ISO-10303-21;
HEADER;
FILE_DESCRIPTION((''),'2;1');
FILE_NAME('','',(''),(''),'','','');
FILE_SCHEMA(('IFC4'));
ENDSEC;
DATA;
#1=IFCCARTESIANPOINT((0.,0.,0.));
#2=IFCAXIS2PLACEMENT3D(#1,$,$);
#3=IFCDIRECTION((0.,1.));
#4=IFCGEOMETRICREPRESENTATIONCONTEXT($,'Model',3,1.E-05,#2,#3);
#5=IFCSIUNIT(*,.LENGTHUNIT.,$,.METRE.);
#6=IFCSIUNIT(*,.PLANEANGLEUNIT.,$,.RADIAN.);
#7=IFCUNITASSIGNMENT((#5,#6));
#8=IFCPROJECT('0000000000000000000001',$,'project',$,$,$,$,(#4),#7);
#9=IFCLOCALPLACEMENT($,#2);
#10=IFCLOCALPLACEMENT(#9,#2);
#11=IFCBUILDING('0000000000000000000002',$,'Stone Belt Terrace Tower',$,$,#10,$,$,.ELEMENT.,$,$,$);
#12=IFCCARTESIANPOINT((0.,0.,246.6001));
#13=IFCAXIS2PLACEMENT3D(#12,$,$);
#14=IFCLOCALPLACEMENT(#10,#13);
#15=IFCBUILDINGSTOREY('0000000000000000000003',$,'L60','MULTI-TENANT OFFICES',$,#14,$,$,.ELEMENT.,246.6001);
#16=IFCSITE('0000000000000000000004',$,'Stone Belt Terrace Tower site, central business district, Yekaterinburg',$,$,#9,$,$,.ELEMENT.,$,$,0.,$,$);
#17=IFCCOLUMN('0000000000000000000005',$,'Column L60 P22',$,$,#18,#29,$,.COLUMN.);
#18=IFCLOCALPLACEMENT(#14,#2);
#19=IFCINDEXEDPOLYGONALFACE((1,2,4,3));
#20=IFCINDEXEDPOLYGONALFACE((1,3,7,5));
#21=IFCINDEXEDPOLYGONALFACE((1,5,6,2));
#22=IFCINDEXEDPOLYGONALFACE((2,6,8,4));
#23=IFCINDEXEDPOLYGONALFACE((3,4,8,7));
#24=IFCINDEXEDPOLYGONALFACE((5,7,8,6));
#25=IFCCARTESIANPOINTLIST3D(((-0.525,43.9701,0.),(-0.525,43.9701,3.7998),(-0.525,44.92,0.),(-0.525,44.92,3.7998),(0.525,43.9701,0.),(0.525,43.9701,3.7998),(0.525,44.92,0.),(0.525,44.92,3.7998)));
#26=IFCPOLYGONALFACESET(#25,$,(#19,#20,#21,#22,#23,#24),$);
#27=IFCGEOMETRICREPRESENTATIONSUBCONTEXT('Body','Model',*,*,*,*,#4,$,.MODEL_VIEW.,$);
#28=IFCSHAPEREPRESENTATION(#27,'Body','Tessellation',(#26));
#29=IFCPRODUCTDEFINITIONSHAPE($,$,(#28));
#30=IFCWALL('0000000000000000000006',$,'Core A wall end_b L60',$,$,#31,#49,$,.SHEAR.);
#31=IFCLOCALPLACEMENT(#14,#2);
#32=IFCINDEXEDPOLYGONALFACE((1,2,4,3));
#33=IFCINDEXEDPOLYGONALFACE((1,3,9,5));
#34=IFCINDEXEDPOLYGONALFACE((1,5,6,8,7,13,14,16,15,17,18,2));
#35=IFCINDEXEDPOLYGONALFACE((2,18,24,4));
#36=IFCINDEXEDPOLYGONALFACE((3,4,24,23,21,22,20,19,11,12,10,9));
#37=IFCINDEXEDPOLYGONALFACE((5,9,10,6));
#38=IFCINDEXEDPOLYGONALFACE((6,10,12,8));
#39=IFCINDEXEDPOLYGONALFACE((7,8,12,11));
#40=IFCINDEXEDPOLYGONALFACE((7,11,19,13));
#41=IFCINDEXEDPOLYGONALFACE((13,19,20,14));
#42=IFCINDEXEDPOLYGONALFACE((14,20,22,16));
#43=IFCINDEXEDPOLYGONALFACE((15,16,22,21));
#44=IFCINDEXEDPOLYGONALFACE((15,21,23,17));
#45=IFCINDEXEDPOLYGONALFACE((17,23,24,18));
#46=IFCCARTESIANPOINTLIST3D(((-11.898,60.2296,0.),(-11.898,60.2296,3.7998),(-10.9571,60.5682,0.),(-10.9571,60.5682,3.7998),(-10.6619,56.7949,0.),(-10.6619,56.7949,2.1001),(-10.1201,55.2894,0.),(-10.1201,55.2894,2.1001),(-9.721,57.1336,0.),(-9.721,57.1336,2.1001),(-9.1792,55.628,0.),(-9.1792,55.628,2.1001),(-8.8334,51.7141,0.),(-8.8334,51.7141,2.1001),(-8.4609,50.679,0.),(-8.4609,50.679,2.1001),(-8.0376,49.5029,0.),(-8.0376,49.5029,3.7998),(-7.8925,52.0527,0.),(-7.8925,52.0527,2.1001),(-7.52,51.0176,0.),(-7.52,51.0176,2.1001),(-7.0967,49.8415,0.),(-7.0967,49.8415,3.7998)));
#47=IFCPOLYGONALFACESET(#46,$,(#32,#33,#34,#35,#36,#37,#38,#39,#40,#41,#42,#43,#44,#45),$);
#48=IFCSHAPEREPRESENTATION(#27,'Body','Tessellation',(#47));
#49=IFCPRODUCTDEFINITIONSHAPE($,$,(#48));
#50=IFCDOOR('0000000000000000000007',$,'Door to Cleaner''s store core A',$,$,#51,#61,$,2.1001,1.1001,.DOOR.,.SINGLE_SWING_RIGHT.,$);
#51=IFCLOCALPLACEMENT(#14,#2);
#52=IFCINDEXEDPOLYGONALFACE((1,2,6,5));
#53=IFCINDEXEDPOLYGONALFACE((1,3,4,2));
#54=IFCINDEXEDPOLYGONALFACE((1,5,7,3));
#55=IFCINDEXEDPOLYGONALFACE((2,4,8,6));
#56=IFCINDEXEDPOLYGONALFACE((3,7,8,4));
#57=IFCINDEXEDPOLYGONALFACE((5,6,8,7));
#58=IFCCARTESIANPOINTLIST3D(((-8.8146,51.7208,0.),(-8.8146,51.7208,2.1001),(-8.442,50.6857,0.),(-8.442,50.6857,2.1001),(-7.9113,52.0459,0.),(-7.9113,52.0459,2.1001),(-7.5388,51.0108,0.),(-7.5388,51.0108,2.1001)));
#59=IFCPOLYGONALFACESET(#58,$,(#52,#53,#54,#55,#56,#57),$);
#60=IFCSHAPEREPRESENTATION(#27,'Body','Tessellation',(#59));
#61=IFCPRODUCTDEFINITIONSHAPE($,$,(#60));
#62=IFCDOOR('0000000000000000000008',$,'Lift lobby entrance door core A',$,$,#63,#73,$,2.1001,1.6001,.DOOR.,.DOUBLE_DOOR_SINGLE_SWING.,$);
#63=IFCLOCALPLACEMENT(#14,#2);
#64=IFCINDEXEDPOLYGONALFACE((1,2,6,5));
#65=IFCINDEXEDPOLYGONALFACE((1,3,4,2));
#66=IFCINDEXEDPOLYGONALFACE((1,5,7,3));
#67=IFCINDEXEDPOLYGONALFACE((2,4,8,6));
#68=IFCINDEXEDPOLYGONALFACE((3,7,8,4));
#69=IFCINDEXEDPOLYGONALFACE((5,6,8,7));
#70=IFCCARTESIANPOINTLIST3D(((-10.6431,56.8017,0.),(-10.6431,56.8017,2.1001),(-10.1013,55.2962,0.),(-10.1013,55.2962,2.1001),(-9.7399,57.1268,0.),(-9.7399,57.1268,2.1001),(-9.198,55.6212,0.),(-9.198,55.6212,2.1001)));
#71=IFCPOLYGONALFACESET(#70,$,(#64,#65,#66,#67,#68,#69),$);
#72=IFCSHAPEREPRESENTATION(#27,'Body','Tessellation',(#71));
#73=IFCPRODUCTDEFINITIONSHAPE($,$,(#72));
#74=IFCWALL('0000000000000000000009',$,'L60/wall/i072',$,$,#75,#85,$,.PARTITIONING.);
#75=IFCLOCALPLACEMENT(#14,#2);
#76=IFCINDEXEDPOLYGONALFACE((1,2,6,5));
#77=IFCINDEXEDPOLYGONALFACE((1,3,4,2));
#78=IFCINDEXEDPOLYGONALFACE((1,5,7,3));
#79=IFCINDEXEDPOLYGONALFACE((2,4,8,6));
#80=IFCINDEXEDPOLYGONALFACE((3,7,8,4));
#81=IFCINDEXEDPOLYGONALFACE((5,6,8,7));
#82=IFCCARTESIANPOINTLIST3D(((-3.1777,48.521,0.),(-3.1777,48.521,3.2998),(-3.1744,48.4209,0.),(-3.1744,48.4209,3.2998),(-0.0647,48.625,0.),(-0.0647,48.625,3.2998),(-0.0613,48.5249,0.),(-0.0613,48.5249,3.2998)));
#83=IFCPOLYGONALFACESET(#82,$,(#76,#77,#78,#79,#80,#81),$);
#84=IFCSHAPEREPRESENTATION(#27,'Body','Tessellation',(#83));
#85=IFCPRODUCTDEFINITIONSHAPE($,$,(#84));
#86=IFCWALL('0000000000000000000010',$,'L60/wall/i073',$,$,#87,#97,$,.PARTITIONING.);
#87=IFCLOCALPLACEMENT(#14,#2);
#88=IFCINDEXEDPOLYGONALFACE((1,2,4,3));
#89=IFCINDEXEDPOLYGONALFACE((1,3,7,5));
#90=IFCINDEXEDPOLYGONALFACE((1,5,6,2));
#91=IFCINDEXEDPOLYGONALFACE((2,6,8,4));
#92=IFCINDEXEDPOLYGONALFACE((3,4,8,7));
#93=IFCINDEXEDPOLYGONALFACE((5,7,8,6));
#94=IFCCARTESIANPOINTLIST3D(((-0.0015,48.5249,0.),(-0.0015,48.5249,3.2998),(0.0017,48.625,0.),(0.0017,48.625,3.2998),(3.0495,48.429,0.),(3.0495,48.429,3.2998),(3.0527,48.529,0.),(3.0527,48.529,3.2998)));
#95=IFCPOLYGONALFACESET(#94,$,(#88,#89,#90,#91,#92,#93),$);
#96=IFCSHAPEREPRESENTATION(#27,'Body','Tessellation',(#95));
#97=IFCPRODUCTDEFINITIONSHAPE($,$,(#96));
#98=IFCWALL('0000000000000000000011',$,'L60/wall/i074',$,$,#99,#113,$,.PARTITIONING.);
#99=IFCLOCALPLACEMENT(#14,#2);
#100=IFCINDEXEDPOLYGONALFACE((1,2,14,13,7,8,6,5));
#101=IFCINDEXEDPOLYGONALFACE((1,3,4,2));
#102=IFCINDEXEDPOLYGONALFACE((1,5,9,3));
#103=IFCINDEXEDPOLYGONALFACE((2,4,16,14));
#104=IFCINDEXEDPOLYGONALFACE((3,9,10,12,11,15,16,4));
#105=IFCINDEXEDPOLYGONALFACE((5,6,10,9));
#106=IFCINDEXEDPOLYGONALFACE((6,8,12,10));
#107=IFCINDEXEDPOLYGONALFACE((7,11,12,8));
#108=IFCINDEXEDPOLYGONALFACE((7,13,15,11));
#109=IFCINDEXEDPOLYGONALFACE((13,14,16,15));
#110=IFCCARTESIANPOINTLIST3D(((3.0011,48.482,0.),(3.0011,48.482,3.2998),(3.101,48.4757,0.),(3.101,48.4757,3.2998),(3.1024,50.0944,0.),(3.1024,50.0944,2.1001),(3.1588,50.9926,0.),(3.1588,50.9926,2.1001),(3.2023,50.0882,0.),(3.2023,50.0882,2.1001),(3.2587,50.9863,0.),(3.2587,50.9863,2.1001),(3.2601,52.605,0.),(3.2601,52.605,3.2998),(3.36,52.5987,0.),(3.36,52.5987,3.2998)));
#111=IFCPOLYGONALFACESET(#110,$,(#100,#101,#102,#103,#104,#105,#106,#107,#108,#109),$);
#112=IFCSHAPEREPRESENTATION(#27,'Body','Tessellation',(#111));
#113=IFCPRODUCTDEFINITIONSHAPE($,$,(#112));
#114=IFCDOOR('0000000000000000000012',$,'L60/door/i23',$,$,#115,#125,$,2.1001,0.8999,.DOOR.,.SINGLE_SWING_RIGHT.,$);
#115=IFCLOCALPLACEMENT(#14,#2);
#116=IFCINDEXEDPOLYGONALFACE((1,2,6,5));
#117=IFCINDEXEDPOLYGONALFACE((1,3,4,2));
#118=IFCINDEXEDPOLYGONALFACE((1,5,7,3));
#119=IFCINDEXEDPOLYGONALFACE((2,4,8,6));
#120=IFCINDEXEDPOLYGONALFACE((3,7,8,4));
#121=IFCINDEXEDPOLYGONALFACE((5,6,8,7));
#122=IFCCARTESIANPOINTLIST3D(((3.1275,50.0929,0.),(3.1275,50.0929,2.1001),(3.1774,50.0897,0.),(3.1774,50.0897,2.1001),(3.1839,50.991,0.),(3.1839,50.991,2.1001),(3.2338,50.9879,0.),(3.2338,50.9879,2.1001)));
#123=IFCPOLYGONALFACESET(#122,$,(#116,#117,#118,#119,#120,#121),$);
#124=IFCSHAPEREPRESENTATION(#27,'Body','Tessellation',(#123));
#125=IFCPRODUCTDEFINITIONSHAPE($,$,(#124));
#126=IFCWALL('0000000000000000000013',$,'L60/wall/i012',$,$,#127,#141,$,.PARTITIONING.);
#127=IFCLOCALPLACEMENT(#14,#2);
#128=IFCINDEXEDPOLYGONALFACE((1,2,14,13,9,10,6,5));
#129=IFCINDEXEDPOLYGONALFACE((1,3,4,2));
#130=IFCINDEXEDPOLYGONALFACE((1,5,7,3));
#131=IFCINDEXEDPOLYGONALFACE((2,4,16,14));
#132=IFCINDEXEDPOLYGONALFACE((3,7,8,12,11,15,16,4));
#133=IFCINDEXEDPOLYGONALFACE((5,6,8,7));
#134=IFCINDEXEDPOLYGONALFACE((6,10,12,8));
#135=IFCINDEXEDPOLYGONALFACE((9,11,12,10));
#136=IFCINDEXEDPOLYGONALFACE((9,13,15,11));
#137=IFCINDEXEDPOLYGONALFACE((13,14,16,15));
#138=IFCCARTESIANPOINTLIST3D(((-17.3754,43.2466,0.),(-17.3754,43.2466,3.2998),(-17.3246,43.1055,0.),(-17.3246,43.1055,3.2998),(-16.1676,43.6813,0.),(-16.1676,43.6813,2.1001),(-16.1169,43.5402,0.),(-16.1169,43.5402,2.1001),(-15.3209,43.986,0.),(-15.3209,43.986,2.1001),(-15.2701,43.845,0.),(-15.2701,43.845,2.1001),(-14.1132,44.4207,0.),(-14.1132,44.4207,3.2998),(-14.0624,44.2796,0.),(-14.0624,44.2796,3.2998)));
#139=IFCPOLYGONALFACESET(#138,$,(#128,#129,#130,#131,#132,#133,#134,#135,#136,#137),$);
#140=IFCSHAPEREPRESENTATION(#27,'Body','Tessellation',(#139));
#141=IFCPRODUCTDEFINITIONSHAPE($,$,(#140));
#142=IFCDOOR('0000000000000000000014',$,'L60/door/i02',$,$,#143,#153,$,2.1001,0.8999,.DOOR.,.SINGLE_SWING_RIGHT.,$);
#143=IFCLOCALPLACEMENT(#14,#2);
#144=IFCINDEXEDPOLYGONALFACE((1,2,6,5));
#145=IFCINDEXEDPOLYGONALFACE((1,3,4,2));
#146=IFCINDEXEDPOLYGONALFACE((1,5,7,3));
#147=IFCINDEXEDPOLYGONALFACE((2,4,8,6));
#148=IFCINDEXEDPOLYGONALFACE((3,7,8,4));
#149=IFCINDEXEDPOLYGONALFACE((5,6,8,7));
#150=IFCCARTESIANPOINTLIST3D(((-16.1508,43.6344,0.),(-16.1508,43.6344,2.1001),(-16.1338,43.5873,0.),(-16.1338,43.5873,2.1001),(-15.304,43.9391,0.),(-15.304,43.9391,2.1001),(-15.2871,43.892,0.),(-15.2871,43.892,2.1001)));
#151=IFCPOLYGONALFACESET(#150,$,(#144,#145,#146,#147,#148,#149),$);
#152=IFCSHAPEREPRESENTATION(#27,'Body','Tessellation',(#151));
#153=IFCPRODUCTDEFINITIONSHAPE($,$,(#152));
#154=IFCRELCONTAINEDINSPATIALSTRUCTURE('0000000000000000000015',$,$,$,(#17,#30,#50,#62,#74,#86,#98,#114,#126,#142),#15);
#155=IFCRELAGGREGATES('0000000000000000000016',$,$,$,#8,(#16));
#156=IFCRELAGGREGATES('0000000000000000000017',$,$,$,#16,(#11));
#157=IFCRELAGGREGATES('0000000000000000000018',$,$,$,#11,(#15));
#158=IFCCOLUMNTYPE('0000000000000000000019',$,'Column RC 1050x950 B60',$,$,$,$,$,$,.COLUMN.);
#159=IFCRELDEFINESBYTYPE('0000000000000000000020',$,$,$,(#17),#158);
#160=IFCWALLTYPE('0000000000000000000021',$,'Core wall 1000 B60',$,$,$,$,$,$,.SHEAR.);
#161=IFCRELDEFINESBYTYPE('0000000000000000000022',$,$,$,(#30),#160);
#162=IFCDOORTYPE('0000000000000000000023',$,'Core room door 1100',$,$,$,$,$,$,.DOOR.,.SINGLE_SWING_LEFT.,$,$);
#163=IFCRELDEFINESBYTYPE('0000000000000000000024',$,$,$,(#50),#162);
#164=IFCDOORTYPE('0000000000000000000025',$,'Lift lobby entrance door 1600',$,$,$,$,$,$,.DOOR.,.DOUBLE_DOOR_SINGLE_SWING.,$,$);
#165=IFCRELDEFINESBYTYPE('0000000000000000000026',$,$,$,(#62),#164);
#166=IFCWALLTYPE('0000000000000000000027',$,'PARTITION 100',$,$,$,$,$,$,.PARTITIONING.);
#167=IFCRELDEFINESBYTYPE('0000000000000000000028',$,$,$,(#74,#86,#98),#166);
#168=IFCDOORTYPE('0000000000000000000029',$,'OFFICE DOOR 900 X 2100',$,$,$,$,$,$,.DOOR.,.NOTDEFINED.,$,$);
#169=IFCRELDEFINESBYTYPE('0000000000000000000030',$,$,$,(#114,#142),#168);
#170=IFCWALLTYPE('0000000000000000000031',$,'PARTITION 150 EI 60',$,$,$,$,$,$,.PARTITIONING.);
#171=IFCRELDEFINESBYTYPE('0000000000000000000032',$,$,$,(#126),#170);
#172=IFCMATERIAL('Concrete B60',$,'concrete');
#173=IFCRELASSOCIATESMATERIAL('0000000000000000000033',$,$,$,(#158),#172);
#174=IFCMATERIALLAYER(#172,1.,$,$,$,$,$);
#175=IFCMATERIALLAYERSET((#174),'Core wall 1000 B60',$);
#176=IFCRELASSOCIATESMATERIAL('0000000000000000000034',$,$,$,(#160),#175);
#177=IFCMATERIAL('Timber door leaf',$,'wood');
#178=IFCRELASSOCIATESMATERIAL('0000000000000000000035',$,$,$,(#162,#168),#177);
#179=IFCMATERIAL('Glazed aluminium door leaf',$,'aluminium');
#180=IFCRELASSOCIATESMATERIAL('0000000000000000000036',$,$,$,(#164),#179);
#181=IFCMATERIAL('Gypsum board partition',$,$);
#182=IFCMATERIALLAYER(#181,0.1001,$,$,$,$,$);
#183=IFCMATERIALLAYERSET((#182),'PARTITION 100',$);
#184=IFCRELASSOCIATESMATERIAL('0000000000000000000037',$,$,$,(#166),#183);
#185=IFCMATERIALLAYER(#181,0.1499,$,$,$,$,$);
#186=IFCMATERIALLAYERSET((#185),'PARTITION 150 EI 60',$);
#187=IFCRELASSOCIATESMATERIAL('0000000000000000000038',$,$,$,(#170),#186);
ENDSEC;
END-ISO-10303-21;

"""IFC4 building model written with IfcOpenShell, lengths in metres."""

from ifc_helpers import new_model, si_unit, direction, frame, frame_2d, origin, origin_2d, place, context, subcontext, project, spatial, rectangle, extrude, material, layer, layer_set, material_profile, profile_set, type_object, element, fill, save


model = new_model("IFC4")

# Units and contexts
model_context = context("Model", 3, precision=1e-05, world=origin(), true_north=direction((0.0, 1.0)))
body_context = subcontext(model_context, "Body", "Model", "MODEL_VIEW")
ifc_project = project(units=[si_unit("LENGTHUNIT", "METRE"), si_unit("PLANEANGLEUNIT", "RADIAN")], contexts=[model_context])

# Site, building, storey
site_placement = place(None, origin())
site = spatial("IfcSite", under=ifc_project, at=site_placement, Name="Stone Belt Terrace Tower site, central business district, Yekaterinburg", CompositionType="ELEMENT", RefElevation=0.0)
building_placement = place(site_placement, origin())
building = spatial("IfcBuilding", under=site, at=building_placement, Name="Stone Belt Terrace Tower", CompositionType="ELEMENT")
storey_placement = place(building_placement, frame((0.0, 0.0, 246.6001)))
storey = spatial("IfcBuildingStorey", under=building, at=storey_placement, Name="L60", Description="MULTI-TENANT OFFICES", CompositionType="ELEMENT", Elevation=246.6001)

# Column
ifc_material_1 = material(Name="Concrete B60", Category="concrete")
ifc_material_profile = material_profile(ifc_material_1, rectangle(XDim=1.05, YDim=0.95, at=origin_2d()), Name="RC 1050x950")
ifc_profile_set = profile_set([ifc_material_profile], Name="Concrete B60")
column_type = type_object("IfcColumnType", Name="Column RC 1050x950 B60", PredefinedType="COLUMN", material=ifc_profile_set)
column_placement = place(storey_placement, frame((0.0, 44.4451, 0.0), z_axis=(0.0, 0.0, 1.0), x_axis=(1.0, 0.0, 0.0)))
element("IfcColumn", 1, at=column_placement, inside=storey, type_object=column_type, Name="Column L60 P22", PredefinedType="COLUMN", context=body_context, shape_type="SweptSolid", body=[
    extrude(rectangle(XDim=1.05, YDim=0.95, at=origin_2d()), origin(), (0.0, 0.0, 1.0), 3.7998),
])

# Wall, openings, doors
ifc_layer_1 = layer(ifc_material_1, 1.0)
ifc_layer_set_1 = layer_set([ifc_layer_1], Name="Core wall 1000 B60")
wall_type_1 = type_object("IfcWallType", Name="Core wall 1000 B60", PredefinedType="SHEAR", material=ifc_layer_set_1)
wall_1_placement = place(storey_placement, frame((-7.5671, 49.6721, 0.0), z_axis=(0.0, 0.0, 1.0), x_axis=(-0.338625, 0.940921, 0.0)))
wall_1 = element("IfcWall", 2, at=wall_1_placement, inside=storey, type_object=wall_type_1, Name="Core A wall end_b L60", PredefinedType="SHEAR", context=body_context, shape_type="SweptSolid", body=[
    extrude(rectangle(XDim=11.4001, YDim=1.0, at=frame_2d((5.7002, 0.0))), origin(), (0.0, 0.0, 1.0), 3.7998),
])
opening_1_placement = place(wall_1_placement, frame((6.1499, 0.0, 0.0)))
opening_1 = element("IfcOpeningElement", 3, at=opening_1_placement, cuts=wall_1, PredefinedType="OPENING", context=body_context, shape_type="SweptSolid", body=[
    extrude(rectangle(XDim=1.6001, YDim=2.1001, at=frame_2d((0.8, 1.05))), frame((0.0, 0.51, 0.0), z_axis=(0.0, -1.0, 0.0), x_axis=(1.0, 0.0, 0.0)), (0.0, 0.0, 1.0), 1.02),
])
opening_2_placement = place(wall_1_placement, frame((1.25, 0.0, 0.0)))
opening_2 = element("IfcOpeningElement", 4, at=opening_2_placement, cuts=wall_1, PredefinedType="OPENING", context=body_context, shape_type="SweptSolid", body=[
    extrude(rectangle(XDim=1.1001, YDim=2.1001, at=frame_2d((0.55, 1.05))), frame((0.0, 0.51, 0.0), z_axis=(0.0, -1.0, 0.0), x_axis=(1.0, 0.0, 0.0)), (0.0, 0.0, 1.0), 1.02),
])
ifc_material_2 = material(Name="Timber door leaf", Category="wood")
door_type_1 = type_object("IfcDoorType", Name="Core room door 1100", OperationType="SINGLE_SWING_LEFT", PredefinedType="DOOR", material=ifc_material_2)
door_1_placement = place(opening_2_placement, origin())
door_1 = element("IfcDoor", 5, at=door_1_placement, inside=storey, type_object=door_type_1, Name="Door to Cleaner's store core A", OperationType="SINGLE_SWING_RIGHT", OverallHeight=2.1001, OverallWidth=1.1001, PredefinedType="DOOR", context=body_context, shape_type="SweptSolid", body=[
    extrude(rectangle(XDim=1.1001, YDim=2.1001, at=frame_2d((0.55, 1.05))), frame((0.0, 0.48, 0.0), z_axis=(0.0, -1.0, 0.0), x_axis=(1.0, 0.0, 0.0)), (0.0, 0.0, 1.0), 0.96),
])
fill(opening_2, door_1)
ifc_material_3 = material(Name="Glazed aluminium door leaf", Category="aluminium")
door_type_2 = type_object("IfcDoorType", Name="Lift lobby entrance door 1600", OperationType="DOUBLE_DOOR_SINGLE_SWING", PredefinedType="DOOR", material=ifc_material_3)
door_2_placement = place(opening_1_placement, origin())
door_2 = element("IfcDoor", 6, at=door_2_placement, inside=storey, type_object=door_type_2, Name="Lift lobby entrance door core A", OperationType="DOUBLE_DOOR_SINGLE_SWING", OverallHeight=2.1001, OverallWidth=1.6001, PredefinedType="DOOR", context=body_context, shape_type="SweptSolid", body=[
    extrude(rectangle(XDim=1.6001, YDim=2.1001, at=frame_2d((0.8, 1.05))), frame((0.0, 0.48, 0.0), z_axis=(0.0, -1.0, 0.0), x_axis=(1.0, 0.0, 0.0)), (0.0, 0.0, 1.0), 0.96),
])
fill(opening_1, door_2)

# Walls
ifc_material_4 = material(Name="Gypsum board partition")
ifc_layer_2 = layer(ifc_material_4, 0.1001)
ifc_layer_set_2 = layer_set([ifc_layer_2], Name="PARTITION 100")
wall_type_2 = type_object("IfcWallType", Name="PARTITION 100", PredefinedType="PARTITIONING", material=ifc_layer_set_2)
wall_2_placement = place(storey_placement, frame((-3.176, 48.4709, 0.0), z_axis=(0.0, 0.0, 1.0), x_axis=(0.999442, 0.033391, 0.0)))
element("IfcWall", 7, at=wall_2_placement, inside=storey, type_object=wall_type_2, Name="L60/wall/i072", PredefinedType="PARTITIONING", context=body_context, shape_type="SweptSolid", body=[
    extrude(rectangle(XDim=3.1147, YDim=0.1001, at=frame_2d((1.5574, 0.0))), origin(), (0.0, 0.0, 1.0), 3.2998),
])
wall_3_placement = place(storey_placement, frame((0.0, 48.575, 0.0), z_axis=(0.0, 0.0, 1.0), x_axis=(0.999506, -0.031432, 0.0)))
element("IfcWall", 8, at=wall_3_placement, inside=storey, type_object=wall_type_2, Name="L60/wall/i073", PredefinedType="PARTITIONING", context=body_context, shape_type="SweptSolid", body=[
    extrude(rectangle(XDim=3.0525, YDim=0.1001, at=frame_2d((1.5264, 0.0))), origin(), (0.0, 0.0, 1.0), 3.2998),
])

# Walls, openings, doors
wall_4_placement = place(storey_placement, frame((3.051, 48.479, 0.0), z_axis=(0.0, 0.0, 1.0), x_axis=(0.062702, 0.998032, 0.0)))
wall_4 = element("IfcWall", 9, at=wall_4_placement, inside=storey, type_object=wall_type_2, Name="L60/wall/i074", PredefinedType="PARTITIONING", context=body_context, shape_type="SweptSolid", body=[
    extrude(rectangle(XDim=4.1311, YDim=0.1001, at=frame_2d((2.0654, 0.0))), origin(), (0.0, 0.0, 1.0), 3.2998),
])
opening_3_placement = place(wall_4_placement, frame((1.6155, 0.0, 0.0)))
opening_3 = element("IfcOpeningElement", 10, at=opening_3_placement, cuts=wall_4, PredefinedType="OPENING", context=body_context, shape_type="SweptSolid", body=[
    extrude(rectangle(XDim=0.8999, YDim=2.1001, at=frame_2d((0.45, 1.05))), frame((0.0, 0.0601, 0.0), z_axis=(0.0, -1.0, 0.0), x_axis=(1.0, 0.0, 0.0)), (0.0, 0.0, 1.0), 0.1201),
])
door_type_3 = type_object("IfcDoorType", Name="OFFICE DOOR 900 X 2100", OperationType="NOTDEFINED", PredefinedType="DOOR", material=ifc_material_2)
door_3_placement = place(opening_3_placement, origin())
door_3 = element("IfcDoor", 11, at=door_3_placement, inside=storey, type_object=door_type_3, Name="L60/door/i23", OperationType="SINGLE_SWING_RIGHT", OverallHeight=2.1001, OverallWidth=0.8999, PredefinedType="DOOR", context=body_context, shape_type="SweptSolid", body=[
    extrude(rectangle(XDim=0.8999, YDim=2.1001, at=frame_2d((0.45, 1.05))), frame((0.0, 0.0249, 0.0), z_axis=(0.0, -1.0, 0.0), x_axis=(1.0, 0.0, 0.0)), (0.0, 0.0, 1.0), 0.05),
])
fill(opening_3, door_3)
ifc_layer_3 = layer(ifc_material_4, 0.1499)
ifc_layer_set_3 = layer_set([ifc_layer_3], Name="PARTITION 150 EI 60")
wall_type_3 = type_object("IfcWallType", Name="PARTITION 150 EI 60", PredefinedType="PARTITIONING", material=ifc_layer_set_3)
wall_5_placement = place(storey_placement, frame((-14.0879, 44.3501, 0.0), z_axis=(0.0, 0.0, 1.0), x_axis=(-0.940917, -0.338637, 0.0)))
wall_5 = element("IfcWall", 12, at=wall_5_placement, inside=storey, type_object=wall_type_3, Name="L60/wall/i012", PredefinedType="PARTITIONING", context=body_context, shape_type="SweptSolid", body=[
    extrude(rectangle(XDim=3.467, YDim=0.1499, at=frame_2d((1.7334, 0.0))), origin(), (0.0, 0.0, 1.0), 3.2998),
])
opening_4_placement = place(wall_5_placement, frame((1.2834, 0.0, 0.0)))
opening_4 = element("IfcOpeningElement", 13, at=opening_4_placement, cuts=wall_5, PredefinedType="OPENING", context=body_context, shape_type="SweptSolid", body=[
    extrude(rectangle(XDim=0.8999, YDim=2.1001, at=frame_2d((0.45, 1.05))), frame((0.0, 0.085, 0.0), z_axis=(0.0, -1.0, 0.0), x_axis=(1.0, 0.0, 0.0)), (0.0, 0.0, 1.0), 0.1699),
])
door_4_placement = place(opening_4_placement, origin())
door_4 = element("IfcDoor", 14, at=door_4_placement, inside=storey, type_object=door_type_3, Name="L60/door/i02", OperationType="SINGLE_SWING_RIGHT", OverallHeight=2.1001, OverallWidth=0.8999, PredefinedType="DOOR", context=body_context, shape_type="SweptSolid", body=[
    extrude(rectangle(XDim=0.8999, YDim=2.1001, at=frame_2d((0.45, 1.05))), frame((0.0, 0.0249, 0.0), z_axis=(0.0, -1.0, 0.0), x_axis=(1.0, 0.0, 0.0)), (0.0, 0.0, 1.0), 0.05),
])
fill(opening_4, door_4)

save(model, "model.ifc")
